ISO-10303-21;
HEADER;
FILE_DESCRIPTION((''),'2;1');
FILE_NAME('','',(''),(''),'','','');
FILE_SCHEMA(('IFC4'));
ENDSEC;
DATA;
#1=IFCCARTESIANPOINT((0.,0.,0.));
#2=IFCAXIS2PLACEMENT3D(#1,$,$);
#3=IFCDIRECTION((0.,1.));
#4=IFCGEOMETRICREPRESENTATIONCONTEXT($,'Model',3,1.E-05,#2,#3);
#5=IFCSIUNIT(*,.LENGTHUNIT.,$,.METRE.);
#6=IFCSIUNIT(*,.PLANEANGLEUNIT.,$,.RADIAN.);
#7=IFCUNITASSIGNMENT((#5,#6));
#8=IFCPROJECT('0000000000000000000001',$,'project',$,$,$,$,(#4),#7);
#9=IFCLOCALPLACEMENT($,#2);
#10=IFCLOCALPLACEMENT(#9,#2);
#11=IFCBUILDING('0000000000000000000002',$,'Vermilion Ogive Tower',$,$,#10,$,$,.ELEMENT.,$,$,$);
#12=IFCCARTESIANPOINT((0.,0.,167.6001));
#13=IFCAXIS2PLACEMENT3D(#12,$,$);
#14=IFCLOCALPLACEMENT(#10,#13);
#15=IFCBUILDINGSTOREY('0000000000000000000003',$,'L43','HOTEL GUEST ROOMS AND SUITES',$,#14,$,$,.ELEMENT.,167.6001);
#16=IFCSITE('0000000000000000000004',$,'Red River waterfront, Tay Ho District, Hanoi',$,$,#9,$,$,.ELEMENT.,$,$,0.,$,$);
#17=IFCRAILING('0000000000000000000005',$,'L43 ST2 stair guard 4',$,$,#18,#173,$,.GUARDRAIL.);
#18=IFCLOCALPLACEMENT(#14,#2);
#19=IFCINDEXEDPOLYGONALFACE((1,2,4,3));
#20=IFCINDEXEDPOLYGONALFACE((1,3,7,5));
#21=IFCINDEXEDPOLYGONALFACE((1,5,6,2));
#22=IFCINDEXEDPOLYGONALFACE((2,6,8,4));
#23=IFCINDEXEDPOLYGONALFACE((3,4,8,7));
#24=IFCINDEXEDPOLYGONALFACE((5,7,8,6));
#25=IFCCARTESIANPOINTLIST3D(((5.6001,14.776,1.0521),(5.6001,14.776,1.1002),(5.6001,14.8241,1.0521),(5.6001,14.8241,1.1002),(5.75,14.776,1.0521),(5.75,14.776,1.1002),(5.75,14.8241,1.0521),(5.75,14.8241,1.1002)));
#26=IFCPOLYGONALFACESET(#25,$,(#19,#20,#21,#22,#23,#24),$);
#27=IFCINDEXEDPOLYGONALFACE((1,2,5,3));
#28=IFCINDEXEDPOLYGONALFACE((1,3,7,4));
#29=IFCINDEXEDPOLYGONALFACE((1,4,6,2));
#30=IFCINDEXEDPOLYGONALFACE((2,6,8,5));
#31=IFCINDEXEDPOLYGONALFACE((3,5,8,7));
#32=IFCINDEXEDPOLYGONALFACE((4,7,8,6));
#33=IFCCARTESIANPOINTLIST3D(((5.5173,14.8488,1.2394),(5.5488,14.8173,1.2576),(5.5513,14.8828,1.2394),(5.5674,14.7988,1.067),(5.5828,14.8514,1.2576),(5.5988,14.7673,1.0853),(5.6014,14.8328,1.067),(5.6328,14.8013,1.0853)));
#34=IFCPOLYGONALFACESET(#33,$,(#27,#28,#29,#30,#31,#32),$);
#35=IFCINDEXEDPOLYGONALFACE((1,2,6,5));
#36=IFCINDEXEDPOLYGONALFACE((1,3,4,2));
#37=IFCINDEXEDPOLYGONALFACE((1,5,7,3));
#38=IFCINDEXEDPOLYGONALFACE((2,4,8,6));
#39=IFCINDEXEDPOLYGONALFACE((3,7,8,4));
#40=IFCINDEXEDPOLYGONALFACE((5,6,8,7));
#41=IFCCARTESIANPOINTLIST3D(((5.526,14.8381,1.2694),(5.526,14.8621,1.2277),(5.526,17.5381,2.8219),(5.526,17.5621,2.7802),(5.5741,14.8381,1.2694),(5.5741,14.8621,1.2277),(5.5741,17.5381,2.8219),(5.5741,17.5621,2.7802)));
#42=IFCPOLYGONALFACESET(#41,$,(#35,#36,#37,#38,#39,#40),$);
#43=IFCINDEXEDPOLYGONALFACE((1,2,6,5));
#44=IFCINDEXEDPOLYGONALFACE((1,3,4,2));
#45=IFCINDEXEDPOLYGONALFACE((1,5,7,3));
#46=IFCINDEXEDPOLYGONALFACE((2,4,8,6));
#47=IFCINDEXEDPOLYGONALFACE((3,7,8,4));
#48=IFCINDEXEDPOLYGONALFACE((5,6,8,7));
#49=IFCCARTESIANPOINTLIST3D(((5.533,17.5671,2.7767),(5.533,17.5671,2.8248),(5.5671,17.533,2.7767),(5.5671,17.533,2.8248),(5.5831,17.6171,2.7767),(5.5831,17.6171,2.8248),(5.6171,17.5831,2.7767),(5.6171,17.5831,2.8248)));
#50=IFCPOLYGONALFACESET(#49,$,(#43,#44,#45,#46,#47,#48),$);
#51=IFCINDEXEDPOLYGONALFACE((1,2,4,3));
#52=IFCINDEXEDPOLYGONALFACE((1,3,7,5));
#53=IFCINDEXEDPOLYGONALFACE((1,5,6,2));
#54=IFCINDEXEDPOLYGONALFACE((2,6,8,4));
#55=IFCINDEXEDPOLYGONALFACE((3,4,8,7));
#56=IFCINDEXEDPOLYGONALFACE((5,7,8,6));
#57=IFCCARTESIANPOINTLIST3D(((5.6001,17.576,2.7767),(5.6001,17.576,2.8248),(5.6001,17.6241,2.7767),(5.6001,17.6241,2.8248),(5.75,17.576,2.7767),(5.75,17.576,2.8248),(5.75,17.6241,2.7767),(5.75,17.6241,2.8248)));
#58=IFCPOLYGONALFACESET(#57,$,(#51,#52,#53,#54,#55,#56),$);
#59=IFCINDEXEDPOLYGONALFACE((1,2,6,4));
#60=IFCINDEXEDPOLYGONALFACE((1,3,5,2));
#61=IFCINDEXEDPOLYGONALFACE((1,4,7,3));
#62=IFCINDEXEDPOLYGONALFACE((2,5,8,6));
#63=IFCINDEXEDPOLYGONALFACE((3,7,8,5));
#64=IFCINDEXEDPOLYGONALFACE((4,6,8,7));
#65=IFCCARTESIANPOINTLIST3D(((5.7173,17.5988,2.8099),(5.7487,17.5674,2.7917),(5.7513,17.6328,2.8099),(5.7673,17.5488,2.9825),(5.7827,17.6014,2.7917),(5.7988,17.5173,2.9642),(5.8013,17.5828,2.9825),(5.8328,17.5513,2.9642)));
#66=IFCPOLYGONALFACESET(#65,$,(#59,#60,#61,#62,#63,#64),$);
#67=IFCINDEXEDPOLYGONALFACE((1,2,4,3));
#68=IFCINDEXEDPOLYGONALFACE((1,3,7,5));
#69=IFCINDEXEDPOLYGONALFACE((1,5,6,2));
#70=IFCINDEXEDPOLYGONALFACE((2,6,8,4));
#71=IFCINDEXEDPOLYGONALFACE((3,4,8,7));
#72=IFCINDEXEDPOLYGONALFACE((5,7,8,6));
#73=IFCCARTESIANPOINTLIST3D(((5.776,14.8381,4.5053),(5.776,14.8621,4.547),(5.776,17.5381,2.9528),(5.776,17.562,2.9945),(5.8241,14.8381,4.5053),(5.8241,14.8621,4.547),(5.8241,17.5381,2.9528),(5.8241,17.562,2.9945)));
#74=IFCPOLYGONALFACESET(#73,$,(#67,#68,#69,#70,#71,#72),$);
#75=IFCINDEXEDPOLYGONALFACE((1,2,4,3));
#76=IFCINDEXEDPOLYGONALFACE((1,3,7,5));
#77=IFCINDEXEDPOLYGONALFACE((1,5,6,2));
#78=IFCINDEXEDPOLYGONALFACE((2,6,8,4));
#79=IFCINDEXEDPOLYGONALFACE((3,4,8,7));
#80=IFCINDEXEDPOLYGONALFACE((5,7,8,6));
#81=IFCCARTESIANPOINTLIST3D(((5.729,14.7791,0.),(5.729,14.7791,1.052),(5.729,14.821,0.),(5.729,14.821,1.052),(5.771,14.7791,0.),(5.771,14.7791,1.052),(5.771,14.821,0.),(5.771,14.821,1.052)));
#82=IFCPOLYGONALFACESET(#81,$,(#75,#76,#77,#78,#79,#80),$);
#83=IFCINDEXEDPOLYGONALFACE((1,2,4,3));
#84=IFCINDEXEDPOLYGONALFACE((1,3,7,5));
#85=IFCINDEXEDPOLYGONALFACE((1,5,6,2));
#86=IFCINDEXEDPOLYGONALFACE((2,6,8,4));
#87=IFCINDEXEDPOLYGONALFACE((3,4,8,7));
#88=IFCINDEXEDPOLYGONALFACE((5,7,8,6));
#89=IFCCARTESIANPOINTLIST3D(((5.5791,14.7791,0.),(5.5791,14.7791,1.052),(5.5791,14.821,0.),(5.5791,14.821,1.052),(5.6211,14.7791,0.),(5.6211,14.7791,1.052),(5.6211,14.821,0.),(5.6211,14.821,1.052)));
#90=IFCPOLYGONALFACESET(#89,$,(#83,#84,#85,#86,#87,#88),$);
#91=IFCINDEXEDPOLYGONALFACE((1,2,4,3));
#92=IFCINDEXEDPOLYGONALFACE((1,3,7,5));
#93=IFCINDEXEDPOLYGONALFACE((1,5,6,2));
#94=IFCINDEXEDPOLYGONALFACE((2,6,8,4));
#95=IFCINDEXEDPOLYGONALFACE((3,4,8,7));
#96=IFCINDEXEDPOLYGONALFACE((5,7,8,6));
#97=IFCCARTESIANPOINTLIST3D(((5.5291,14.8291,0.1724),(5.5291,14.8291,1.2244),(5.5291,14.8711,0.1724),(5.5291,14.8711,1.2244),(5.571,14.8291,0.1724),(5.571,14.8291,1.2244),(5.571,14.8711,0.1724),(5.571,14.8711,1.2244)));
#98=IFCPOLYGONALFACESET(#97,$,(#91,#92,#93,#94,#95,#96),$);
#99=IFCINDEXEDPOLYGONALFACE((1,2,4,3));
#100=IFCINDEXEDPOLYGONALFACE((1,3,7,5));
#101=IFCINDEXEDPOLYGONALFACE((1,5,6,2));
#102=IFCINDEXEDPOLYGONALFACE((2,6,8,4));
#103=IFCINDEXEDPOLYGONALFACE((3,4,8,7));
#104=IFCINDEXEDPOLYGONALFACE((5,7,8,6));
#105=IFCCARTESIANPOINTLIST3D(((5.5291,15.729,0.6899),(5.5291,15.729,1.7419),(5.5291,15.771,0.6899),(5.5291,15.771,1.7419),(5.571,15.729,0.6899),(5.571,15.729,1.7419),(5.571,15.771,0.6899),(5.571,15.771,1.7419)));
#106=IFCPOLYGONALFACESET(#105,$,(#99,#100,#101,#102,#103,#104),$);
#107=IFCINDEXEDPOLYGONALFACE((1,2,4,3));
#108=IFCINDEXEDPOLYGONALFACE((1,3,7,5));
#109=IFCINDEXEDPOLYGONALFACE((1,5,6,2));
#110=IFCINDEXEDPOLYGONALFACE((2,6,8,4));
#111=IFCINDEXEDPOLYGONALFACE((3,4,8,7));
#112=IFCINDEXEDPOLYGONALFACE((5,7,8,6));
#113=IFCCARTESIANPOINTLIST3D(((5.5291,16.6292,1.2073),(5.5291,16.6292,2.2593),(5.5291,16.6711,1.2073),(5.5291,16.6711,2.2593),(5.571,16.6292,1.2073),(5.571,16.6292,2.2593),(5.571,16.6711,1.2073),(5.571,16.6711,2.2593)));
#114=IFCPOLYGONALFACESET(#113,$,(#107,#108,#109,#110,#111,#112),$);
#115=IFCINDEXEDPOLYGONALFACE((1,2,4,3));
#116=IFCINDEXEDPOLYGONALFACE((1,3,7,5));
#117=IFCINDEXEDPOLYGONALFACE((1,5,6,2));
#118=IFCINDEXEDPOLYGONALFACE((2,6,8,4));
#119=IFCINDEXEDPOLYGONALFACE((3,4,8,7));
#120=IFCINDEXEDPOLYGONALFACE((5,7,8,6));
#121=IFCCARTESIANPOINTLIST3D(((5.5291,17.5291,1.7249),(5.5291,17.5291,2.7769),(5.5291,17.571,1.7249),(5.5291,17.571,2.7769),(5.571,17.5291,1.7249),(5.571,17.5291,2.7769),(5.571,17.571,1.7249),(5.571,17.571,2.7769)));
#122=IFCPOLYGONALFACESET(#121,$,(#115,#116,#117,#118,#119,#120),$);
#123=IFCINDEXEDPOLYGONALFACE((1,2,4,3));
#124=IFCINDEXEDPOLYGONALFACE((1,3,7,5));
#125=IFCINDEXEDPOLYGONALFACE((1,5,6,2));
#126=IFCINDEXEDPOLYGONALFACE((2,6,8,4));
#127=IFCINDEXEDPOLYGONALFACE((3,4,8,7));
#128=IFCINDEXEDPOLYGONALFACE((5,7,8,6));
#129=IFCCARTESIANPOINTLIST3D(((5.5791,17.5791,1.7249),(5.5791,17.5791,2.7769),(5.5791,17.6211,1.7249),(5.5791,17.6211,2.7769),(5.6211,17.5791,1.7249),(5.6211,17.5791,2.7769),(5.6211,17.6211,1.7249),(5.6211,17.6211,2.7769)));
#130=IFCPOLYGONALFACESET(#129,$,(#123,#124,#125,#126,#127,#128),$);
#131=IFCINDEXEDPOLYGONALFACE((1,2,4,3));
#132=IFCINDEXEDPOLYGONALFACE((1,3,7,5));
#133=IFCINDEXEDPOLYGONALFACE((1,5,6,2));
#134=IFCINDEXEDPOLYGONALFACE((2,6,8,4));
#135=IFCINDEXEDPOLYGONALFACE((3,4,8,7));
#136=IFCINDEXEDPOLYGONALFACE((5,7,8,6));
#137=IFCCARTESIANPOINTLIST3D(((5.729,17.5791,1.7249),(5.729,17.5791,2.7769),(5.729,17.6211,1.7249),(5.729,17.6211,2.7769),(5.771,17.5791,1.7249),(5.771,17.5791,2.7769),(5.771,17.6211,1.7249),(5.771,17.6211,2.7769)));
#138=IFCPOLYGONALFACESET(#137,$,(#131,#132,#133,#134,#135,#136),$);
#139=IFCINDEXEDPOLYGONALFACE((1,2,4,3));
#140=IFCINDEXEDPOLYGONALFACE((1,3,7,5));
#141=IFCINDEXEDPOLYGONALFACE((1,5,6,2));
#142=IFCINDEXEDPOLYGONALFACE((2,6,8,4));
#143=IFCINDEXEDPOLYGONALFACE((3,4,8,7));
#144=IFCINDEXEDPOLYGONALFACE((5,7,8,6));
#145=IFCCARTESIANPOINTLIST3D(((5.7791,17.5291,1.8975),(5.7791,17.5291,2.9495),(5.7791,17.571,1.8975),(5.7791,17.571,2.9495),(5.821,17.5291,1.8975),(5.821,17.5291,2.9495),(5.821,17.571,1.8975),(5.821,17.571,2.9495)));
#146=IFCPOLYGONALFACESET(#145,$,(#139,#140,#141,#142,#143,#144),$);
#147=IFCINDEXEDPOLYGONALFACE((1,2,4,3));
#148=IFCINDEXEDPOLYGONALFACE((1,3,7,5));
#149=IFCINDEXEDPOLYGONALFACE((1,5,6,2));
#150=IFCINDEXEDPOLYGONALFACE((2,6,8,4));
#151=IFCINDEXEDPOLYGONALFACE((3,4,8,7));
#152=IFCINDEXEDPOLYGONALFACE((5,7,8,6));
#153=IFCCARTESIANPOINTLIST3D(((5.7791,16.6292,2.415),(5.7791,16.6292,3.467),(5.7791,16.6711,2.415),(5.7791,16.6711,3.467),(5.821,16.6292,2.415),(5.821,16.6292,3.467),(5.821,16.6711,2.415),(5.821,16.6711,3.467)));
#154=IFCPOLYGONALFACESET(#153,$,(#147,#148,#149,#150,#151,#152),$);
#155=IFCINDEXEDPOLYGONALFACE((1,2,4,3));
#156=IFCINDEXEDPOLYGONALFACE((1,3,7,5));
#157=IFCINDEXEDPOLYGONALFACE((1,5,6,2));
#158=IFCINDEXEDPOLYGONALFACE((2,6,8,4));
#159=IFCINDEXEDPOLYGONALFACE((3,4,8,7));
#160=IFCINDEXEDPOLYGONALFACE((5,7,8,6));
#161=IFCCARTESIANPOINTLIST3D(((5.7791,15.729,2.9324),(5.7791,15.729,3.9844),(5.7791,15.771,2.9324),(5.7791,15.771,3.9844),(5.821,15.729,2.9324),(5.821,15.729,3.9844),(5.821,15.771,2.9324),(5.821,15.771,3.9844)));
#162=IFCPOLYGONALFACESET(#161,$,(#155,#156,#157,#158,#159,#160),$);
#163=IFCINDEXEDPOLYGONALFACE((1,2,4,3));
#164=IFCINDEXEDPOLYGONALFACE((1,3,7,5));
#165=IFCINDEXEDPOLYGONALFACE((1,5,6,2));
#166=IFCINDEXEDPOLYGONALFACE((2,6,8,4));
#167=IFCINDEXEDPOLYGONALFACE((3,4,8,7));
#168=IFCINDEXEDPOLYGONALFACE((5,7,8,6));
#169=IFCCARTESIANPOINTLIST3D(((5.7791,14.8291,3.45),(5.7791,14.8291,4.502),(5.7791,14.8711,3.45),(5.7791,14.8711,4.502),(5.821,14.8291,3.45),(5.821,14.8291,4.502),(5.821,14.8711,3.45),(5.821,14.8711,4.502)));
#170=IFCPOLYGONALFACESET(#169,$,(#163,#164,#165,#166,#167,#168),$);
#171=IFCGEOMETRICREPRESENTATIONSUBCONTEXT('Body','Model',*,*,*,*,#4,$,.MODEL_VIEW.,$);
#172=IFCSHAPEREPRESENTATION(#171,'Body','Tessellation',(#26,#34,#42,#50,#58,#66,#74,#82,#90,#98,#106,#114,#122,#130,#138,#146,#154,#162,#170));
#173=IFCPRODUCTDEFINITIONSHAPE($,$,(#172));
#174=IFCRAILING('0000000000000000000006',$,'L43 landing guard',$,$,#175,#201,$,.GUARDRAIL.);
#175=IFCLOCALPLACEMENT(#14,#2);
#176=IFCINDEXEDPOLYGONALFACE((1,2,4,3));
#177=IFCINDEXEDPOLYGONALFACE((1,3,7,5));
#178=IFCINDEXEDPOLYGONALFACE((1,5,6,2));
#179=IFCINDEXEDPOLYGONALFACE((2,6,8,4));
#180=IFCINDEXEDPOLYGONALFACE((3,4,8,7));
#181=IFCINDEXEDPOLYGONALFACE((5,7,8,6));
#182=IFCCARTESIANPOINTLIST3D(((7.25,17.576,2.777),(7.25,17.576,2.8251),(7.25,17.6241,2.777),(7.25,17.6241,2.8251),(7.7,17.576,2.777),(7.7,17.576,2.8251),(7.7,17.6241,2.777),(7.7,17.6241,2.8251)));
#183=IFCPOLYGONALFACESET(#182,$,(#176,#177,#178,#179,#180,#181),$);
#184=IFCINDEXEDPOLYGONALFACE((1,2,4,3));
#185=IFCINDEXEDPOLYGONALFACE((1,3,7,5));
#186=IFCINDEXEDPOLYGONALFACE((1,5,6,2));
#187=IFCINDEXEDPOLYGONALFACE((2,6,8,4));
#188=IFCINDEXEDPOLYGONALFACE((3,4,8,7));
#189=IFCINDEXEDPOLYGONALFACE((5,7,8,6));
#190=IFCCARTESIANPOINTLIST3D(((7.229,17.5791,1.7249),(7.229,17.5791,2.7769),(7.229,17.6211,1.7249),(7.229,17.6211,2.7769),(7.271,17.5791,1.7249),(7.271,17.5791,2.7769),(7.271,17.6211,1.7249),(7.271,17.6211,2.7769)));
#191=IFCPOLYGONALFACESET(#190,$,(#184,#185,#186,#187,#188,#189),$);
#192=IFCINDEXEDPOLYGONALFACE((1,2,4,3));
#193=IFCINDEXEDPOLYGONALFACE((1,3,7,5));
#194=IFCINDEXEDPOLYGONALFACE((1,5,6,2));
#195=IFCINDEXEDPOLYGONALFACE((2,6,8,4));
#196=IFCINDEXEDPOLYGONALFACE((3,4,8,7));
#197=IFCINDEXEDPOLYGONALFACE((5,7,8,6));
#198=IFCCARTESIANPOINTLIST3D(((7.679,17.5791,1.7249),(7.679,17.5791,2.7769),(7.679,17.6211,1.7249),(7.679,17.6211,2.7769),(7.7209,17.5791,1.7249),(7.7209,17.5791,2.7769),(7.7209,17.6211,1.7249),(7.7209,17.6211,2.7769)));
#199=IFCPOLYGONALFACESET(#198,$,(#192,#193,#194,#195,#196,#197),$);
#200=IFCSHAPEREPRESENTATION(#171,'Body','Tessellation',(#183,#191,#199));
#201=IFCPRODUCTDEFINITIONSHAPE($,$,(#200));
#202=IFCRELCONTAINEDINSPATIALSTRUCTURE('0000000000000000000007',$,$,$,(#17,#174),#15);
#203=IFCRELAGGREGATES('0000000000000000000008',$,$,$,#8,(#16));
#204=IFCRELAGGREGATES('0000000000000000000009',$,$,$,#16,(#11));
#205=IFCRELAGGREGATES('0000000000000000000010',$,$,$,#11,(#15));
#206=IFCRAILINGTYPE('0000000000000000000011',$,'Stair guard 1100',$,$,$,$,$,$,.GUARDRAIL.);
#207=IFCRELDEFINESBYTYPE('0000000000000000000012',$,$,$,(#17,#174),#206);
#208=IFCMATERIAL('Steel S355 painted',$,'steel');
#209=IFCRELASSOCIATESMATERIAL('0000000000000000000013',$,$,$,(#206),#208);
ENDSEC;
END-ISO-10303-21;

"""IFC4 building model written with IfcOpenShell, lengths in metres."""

from ifc_helpers import new_model, si_unit, direction, frame, origin, origin_2d, place, context, subcontext, project, spatial, rectangle, extrude, material, type_object, element, save


model = new_model("IFC4")

# Units and contexts
model_context = context("Model", 3, precision=1e-05, world=origin(), true_north=direction((0.0, 1.0)))
body_context = subcontext(model_context, "Body", "Model", "MODEL_VIEW")
ifc_project = project(units=[si_unit("LENGTHUNIT", "METRE"), si_unit("PLANEANGLEUNIT", "RADIAN")], contexts=[model_context])

# Site, building, storey
site_placement = place(None, origin())
site = spatial("IfcSite", under=ifc_project, at=site_placement, Name="Red River waterfront, Tay Ho District, Hanoi", CompositionType="ELEMENT", RefElevation=0.0)
building_placement = place(site_placement, origin())
building = spatial("IfcBuilding", under=site, at=building_placement, Name="Vermilion Ogive Tower", CompositionType="ELEMENT")
storey_placement = place(building_placement, frame((0.0, 0.0, 167.6001)))
storey = spatial("IfcBuildingStorey", under=building, at=storey_placement, Name="L43", Description="HOTEL GUEST ROOMS AND SUITES", CompositionType="ELEMENT", Elevation=167.6001)

# Railings
ifc_material_1 = material(Name="Steel S355 painted", Category="steel")
railing_type_1 = type_object("IfcRailingType", Name="Stair guard 1100", PredefinedType="GUARDRAIL", material=ifc_material_1)
railing_1_placement = place(storey_placement, frame((5.75, 14.8, 0.0)))
element("IfcRailing", 1, at=railing_1_placement, inside=storey, type_object=railing_type_1, Name="L43 ST2 stair guard 4", PredefinedType="GUARDRAIL", context=body_context, shape_type="SweptSolid", body=[
    extrude(rectangle(XDim=0.0481, YDim=0.0481, at=origin_2d()), frame((0.0, 0.0, 1.0762), z_axis=(-1.0, 0.0, 0.0), x_axis=(0.0, -1.0, 0.0)), (0.0, 0.0, 1.0), 0.1499),
    extrude(rectangle(XDim=0.0481, YDim=0.0481, at=origin_2d()), frame((-0.1499, 0.0, 1.0762), z_axis=(-0.268603, 0.268603, 0.925043), x_axis=(-0.707107, -0.707107, 0.0)), (0.0, 0.0, 1.0), 0.1863),
    extrude(rectangle(XDim=0.0481, YDim=0.0481, at=origin_2d()), frame((-0.2, 0.05, 1.2485), z_axis=(0.0, 0.866904, 0.498476), x_axis=(-1.0, 0.0, 0.0)), (0.0, 0.0, 1.0), 3.1145),
    extrude(rectangle(XDim=0.0481, YDim=0.0481, at=origin_2d()), frame((-0.2, 2.75, 2.8008), z_axis=(0.707107, 0.707107, 0.0), x_axis=(-0.707107, 0.707107, 0.0)), (0.0, 0.0, 1.0), 0.0708),
    extrude(rectangle(XDim=0.0481, YDim=0.0481, at=origin_2d()), frame((-0.1499, 2.8, 2.8008), z_axis=(1.0, 0.0, 0.0), x_axis=(0.0, 1.0, 0.0)), (0.0, 0.0, 1.0), 0.1499),
    extrude(rectangle(XDim=0.0481, YDim=0.0481, at=origin_2d()), frame((0.0, 2.8, 2.8008), z_axis=(0.268278, -0.268278, 0.925232), x_axis=(0.707107, 0.707107, 0.0)), (0.0, 0.0, 1.0), 0.1865),
    extrude(rectangle(XDim=0.0481, YDim=0.0481, at=origin_2d()), frame((0.05, 2.75, 2.9736), z_axis=(0.0, -0.866904, 0.498476), x_axis=(1.0, 0.0, 0.0)), (0.0, 0.0, 1.0), 3.1145),
    extrude(rectangle(XDim=0.042, YDim=0.042, at=origin_2d()), origin(), (0.0, 0.0, 1.0), 1.052),
    extrude(rectangle(XDim=0.042, YDim=0.042, at=origin_2d()), frame((-0.1499, 0.0, 0.0)), (0.0, 0.0, 1.0), 1.052),
    extrude(rectangle(XDim=0.042, YDim=0.042, at=origin_2d()), frame((-0.2, 0.05, 0.1724)), (0.0, 0.0, 1.0), 1.052),
    extrude(rectangle(XDim=0.042, YDim=0.042, at=origin_2d()), frame((-0.2, 0.95, 0.6899)), (0.0, 0.0, 1.0), 1.052),
    extrude(rectangle(XDim=0.042, YDim=0.042, at=origin_2d()), frame((-0.2, 1.8501, 1.2073)), (0.0, 0.0, 1.0), 1.052),
    extrude(rectangle(XDim=0.042, YDim=0.042, at=origin_2d()), frame((-0.2, 2.75, 1.7249)), (0.0, 0.0, 1.0), 1.052),
    extrude(rectangle(XDim=0.042, YDim=0.042, at=origin_2d()), frame((-0.1499, 2.8, 1.7249)), (0.0, 0.0, 1.0), 1.052),
    extrude(rectangle(XDim=0.042, YDim=0.042, at=origin_2d()), frame((0.0, 2.8, 1.7249)), (0.0, 0.0, 1.0), 1.052),
    extrude(rectangle(XDim=0.042, YDim=0.042, at=origin_2d()), frame((0.05, 2.75, 1.8975)), (0.0, 0.0, 1.0), 1.052),
    extrude(rectangle(XDim=0.042, YDim=0.042, at=origin_2d()), frame((0.05, 1.8501, 2.415)), (0.0, 0.0, 1.0), 1.052),
    extrude(rectangle(XDim=0.042, YDim=0.042, at=origin_2d()), frame((0.05, 0.95, 2.9324)), (0.0, 0.0, 1.0), 1.052),
    extrude(rectangle(XDim=0.042, YDim=0.042, at=origin_2d()), frame((0.05, 0.05, 3.45)), (0.0, 0.0, 1.0), 1.052),
])
railing_2_placement = place(storey_placement, frame((7.25, 17.6001, 1.7249)))
element("IfcRailing", 2, at=railing_2_placement, inside=storey, type_object=railing_type_1, Name="L43 landing guard", PredefinedType="GUARDRAIL", context=body_context, shape_type="SweptSolid", body=[
    extrude(rectangle(XDim=0.0481, YDim=0.0481, at=origin_2d()), frame((0.0, 0.0, 1.0762), z_axis=(1.0, 0.0, 0.0), x_axis=(0.0, 1.0, 0.0)), (0.0, 0.0, 1.0), 0.45),
    extrude(rectangle(XDim=0.042, YDim=0.042, at=origin_2d()), origin(), (0.0, 0.0, 1.0), 1.052),
    extrude(rectangle(XDim=0.042, YDim=0.042, at=origin_2d()), frame((0.45, 0.0, 0.0)), (0.0, 0.0, 1.0), 1.052),
])

save(model, "model.ifc")
